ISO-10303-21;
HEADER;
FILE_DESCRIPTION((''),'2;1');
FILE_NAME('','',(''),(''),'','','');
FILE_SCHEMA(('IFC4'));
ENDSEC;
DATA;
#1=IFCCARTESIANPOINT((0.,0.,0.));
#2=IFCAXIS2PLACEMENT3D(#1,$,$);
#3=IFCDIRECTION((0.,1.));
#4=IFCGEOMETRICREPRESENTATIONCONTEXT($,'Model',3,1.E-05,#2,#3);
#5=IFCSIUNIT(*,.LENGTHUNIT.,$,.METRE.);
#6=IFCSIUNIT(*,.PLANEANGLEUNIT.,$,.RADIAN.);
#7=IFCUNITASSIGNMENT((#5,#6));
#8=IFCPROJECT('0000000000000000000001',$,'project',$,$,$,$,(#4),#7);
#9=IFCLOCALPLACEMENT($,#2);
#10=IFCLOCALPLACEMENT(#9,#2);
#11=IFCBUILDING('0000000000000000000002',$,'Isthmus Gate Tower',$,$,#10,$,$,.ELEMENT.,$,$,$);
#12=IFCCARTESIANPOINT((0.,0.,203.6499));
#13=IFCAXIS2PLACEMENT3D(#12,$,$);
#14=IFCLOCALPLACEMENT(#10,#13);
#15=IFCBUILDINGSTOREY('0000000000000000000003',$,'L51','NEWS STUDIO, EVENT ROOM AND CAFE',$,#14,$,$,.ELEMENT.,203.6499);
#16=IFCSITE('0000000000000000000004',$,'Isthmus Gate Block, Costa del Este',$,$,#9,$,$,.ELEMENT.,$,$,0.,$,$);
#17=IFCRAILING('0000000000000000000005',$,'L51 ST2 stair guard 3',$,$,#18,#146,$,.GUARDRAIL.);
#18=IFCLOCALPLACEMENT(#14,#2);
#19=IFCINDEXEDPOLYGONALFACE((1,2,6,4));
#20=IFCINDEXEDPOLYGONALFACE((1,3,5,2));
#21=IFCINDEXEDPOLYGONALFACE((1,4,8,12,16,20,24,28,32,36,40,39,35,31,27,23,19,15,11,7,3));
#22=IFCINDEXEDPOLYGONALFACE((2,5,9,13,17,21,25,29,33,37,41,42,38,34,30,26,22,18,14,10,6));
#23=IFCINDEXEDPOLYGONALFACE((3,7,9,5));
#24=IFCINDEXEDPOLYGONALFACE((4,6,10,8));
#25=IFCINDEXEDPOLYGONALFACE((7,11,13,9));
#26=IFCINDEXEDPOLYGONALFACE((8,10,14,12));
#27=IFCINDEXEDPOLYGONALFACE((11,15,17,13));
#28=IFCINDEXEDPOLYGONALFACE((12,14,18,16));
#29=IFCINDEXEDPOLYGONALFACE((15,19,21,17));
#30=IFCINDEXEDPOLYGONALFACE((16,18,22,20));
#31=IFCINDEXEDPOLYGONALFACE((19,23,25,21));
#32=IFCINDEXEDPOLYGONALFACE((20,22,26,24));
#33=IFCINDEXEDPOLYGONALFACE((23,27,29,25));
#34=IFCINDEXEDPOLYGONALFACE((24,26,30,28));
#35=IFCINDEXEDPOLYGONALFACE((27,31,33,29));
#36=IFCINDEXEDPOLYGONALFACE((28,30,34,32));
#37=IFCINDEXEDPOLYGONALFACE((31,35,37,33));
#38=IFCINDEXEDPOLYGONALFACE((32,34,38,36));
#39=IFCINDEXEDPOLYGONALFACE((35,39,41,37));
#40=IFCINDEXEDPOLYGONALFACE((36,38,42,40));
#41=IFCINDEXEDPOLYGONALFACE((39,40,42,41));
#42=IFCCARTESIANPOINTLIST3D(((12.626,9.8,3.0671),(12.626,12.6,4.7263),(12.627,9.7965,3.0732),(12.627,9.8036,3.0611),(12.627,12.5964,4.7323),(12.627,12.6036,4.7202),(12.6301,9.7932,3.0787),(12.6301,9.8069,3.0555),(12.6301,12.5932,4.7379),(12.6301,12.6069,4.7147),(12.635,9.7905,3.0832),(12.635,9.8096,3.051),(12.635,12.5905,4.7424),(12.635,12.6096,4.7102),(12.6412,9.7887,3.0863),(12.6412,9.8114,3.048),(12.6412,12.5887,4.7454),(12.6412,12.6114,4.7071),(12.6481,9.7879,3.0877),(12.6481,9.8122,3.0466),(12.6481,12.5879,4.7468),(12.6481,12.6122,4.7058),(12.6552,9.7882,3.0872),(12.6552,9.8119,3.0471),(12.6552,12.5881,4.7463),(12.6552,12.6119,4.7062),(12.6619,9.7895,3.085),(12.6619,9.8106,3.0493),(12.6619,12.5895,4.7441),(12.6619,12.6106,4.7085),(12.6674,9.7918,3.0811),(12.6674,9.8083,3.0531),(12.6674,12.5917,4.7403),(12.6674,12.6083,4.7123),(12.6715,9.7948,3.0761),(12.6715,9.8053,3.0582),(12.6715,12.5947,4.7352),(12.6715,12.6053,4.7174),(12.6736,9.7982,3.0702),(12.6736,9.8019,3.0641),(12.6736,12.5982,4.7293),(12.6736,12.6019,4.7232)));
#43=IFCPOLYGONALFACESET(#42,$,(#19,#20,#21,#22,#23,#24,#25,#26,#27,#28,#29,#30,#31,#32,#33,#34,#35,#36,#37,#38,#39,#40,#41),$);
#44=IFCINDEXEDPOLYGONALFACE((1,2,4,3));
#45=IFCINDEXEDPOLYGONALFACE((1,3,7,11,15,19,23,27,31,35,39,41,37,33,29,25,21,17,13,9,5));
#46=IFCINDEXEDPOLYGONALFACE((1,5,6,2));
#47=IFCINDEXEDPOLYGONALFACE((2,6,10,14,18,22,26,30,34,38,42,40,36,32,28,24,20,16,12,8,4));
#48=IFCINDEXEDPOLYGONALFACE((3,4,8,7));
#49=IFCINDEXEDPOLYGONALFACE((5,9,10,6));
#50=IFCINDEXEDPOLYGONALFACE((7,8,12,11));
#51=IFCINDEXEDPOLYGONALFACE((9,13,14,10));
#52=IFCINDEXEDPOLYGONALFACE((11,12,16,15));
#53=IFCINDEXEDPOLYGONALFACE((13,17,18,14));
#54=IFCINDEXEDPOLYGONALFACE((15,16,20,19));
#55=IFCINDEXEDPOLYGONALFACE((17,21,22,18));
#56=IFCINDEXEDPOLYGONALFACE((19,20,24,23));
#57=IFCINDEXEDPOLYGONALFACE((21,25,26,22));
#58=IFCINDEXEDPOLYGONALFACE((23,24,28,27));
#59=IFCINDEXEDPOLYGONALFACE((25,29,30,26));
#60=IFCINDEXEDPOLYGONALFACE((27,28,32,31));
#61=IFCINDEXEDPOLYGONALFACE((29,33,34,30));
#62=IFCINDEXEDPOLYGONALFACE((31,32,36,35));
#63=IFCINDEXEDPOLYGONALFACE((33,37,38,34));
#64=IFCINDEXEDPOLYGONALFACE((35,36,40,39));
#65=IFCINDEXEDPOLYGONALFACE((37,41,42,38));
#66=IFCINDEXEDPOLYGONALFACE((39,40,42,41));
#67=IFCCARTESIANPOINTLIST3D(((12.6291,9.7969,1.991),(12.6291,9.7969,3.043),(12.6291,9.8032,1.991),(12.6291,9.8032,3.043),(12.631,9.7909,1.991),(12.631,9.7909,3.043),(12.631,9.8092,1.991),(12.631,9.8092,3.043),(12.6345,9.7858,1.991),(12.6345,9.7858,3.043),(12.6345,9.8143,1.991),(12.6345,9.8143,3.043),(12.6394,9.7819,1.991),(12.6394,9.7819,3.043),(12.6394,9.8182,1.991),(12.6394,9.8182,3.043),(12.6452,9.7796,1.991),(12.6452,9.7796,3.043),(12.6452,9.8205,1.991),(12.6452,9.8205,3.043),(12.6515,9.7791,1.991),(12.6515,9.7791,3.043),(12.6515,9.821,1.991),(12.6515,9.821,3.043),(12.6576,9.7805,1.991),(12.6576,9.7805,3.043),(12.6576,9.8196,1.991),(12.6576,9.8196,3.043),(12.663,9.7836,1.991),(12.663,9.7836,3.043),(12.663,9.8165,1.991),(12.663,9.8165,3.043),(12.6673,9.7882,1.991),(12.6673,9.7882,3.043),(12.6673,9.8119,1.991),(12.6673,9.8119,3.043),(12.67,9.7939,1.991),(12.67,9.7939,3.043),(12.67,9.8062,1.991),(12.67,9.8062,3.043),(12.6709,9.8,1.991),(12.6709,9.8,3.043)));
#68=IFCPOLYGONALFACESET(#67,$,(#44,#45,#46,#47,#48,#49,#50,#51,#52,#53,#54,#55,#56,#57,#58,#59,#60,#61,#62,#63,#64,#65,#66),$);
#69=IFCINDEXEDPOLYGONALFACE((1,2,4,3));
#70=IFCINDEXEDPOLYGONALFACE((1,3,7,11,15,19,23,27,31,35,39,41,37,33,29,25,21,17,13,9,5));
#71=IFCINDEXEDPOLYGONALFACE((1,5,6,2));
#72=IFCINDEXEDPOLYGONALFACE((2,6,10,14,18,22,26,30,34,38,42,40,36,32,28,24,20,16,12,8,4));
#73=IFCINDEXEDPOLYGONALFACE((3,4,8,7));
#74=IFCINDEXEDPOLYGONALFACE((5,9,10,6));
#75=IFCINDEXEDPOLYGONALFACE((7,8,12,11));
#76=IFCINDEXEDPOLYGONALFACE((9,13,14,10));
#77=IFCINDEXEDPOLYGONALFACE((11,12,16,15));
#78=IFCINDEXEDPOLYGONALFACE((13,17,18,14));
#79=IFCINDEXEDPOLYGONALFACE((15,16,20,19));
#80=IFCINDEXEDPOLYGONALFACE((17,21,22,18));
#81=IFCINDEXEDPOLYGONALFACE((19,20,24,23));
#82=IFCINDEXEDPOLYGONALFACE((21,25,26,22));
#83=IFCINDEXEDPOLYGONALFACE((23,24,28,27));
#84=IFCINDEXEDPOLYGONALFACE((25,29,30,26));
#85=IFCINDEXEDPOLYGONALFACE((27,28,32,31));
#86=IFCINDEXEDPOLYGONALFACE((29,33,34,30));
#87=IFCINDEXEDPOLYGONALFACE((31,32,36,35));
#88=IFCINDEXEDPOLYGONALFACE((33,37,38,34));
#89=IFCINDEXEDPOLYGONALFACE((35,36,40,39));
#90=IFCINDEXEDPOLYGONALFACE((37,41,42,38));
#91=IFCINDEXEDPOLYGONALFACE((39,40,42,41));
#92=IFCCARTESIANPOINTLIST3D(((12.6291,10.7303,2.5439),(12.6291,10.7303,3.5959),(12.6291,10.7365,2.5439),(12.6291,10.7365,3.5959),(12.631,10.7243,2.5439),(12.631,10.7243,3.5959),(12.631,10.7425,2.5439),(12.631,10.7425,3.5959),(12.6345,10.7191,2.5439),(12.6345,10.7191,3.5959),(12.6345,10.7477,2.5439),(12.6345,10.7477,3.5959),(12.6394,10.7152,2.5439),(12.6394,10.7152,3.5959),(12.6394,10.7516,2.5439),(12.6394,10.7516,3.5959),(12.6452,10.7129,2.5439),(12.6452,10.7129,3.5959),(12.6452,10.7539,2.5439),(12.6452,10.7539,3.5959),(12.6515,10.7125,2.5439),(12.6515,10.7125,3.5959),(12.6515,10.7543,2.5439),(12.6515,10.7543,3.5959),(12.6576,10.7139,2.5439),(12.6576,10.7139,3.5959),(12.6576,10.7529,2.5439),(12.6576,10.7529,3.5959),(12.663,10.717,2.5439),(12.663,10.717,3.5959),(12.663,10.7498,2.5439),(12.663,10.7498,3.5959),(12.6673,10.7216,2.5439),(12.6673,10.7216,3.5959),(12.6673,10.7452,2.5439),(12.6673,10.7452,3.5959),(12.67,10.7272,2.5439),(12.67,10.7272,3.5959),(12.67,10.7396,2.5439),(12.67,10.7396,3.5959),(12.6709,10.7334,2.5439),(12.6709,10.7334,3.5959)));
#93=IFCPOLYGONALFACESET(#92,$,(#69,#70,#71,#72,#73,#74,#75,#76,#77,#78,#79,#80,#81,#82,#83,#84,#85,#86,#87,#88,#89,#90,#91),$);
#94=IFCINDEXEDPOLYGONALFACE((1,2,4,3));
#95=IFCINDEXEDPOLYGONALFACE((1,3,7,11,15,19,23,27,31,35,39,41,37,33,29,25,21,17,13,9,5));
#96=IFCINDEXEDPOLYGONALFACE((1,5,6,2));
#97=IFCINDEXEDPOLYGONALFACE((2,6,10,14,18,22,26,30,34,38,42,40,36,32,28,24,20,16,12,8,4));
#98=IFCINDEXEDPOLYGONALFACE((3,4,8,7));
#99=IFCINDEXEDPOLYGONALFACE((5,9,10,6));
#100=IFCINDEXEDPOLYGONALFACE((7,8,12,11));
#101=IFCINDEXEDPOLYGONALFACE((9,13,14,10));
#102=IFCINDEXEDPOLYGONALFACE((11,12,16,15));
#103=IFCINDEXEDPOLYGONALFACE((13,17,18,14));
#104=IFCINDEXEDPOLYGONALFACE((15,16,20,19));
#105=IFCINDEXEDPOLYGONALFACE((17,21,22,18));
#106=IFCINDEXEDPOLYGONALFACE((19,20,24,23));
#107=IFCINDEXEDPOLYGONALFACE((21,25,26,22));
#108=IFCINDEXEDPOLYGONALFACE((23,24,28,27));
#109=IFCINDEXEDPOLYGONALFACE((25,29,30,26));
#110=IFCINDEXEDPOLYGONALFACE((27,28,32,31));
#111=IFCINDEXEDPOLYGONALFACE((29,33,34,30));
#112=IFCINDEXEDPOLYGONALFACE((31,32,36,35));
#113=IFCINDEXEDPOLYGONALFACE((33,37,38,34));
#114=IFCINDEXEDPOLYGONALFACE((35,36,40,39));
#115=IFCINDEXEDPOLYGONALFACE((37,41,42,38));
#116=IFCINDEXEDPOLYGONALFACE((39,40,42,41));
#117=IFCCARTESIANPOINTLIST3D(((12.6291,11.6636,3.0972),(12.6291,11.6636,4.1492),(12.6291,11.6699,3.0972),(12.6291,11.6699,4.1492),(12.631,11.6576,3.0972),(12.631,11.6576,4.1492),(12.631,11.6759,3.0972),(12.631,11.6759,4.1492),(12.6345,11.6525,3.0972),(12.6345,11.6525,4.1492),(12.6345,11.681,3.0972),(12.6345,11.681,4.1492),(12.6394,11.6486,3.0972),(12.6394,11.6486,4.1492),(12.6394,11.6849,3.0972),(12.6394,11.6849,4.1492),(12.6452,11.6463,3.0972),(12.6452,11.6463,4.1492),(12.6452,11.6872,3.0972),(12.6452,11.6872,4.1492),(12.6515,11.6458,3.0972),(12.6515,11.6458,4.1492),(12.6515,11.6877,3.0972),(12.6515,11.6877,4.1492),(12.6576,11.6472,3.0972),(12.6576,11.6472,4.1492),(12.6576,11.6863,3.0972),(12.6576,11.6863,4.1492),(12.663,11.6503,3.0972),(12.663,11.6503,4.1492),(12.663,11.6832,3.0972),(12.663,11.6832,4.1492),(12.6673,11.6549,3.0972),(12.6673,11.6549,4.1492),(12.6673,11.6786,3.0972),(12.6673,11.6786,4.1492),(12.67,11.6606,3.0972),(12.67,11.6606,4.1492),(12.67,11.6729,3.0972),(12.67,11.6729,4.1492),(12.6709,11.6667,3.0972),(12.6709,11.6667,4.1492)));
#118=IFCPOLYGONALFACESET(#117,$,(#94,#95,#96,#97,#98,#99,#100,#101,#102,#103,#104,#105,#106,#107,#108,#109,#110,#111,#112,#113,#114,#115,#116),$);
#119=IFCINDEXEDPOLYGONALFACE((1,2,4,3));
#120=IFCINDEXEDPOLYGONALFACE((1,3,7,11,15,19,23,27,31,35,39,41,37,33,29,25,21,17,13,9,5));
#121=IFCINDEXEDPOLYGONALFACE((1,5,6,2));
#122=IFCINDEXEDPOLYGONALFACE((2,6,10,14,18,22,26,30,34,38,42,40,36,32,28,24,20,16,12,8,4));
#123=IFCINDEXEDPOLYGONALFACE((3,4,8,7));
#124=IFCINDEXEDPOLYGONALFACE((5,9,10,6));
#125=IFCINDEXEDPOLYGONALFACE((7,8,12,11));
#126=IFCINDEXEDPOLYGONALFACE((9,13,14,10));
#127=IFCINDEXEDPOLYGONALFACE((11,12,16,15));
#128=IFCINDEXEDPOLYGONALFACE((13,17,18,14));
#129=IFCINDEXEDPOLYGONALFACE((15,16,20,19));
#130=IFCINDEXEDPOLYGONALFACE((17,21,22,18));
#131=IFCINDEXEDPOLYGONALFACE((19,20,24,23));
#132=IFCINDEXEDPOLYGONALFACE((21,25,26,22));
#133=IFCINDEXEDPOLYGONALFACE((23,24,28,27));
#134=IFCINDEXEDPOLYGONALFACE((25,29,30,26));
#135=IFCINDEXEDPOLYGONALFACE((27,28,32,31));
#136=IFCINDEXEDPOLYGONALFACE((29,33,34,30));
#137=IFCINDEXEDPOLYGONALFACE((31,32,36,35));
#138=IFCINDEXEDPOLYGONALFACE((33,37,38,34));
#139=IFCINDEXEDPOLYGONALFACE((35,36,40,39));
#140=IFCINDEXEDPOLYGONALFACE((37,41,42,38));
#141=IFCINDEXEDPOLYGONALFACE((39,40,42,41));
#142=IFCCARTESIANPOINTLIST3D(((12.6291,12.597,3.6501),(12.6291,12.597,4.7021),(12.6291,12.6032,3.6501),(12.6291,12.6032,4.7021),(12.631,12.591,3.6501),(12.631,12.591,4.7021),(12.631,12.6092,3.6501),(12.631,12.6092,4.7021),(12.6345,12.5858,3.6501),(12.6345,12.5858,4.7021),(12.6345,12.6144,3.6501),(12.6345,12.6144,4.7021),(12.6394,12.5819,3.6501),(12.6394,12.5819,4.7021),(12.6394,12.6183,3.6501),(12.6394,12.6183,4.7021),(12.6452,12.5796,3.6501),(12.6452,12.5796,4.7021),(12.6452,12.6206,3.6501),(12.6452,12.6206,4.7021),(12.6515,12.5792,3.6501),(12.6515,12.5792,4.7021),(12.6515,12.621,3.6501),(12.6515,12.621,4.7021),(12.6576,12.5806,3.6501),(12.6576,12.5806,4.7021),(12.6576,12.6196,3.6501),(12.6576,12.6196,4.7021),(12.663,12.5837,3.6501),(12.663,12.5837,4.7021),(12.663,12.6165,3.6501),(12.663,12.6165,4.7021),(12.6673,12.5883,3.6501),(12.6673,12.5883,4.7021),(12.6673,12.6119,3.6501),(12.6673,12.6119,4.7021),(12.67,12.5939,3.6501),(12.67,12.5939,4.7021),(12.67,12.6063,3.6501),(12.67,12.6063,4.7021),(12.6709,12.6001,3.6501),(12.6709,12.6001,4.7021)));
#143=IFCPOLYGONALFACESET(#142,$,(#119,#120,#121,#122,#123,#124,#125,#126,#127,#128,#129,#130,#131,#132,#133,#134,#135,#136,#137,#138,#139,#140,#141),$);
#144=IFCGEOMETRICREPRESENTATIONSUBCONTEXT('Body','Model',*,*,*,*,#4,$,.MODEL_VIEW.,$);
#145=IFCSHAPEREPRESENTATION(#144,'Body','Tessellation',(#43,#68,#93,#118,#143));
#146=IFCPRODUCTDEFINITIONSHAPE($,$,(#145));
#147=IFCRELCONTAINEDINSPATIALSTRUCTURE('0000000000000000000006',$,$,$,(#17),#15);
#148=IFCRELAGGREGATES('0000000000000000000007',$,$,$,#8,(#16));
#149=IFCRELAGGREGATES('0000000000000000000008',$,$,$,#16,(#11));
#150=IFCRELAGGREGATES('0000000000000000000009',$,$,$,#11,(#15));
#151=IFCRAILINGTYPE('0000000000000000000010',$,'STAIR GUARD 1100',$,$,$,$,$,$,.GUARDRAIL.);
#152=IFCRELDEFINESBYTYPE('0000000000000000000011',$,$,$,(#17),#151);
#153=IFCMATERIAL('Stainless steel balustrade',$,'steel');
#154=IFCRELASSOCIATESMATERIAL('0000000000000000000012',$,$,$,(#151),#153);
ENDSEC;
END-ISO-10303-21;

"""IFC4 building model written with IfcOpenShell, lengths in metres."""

from ifc_helpers import new_model, si_unit, direction, frame, origin, origin_2d, place, context, subcontext, project, spatial, circle, extrude, material, type_object, element, save


model = new_model("IFC4")

# Units and contexts
model_context = context("Model", 3, precision=1e-05, world=origin(), true_north=direction((0.0, 1.0)))
body_context = subcontext(model_context, "Body", "Model", "MODEL_VIEW")
ifc_project = project(units=[si_unit("LENGTHUNIT", "METRE"), si_unit("PLANEANGLEUNIT", "RADIAN")], contexts=[model_context])

# Site, building, storey
site_placement = place(None, origin())
site = spatial("IfcSite", under=ifc_project, at=site_placement, Name="Isthmus Gate Block, Costa del Este", CompositionType="ELEMENT", RefElevation=0.0)
building_placement = place(site_placement, origin())
building = spatial("IfcBuilding", under=site, at=building_placement, Name="Isthmus Gate Tower", CompositionType="ELEMENT")
storey_placement = place(building_placement, frame((0.0, 0.0, 203.6499)))
storey = spatial("IfcBuildingStorey", under=building, at=storey_placement, Name="L51", Description="NEWS STUDIO, EVENT ROOM AND CAFE", CompositionType="ELEMENT", Elevation=203.6499)

# Railing
ifc_material_1 = material(Name="Stainless steel balustrade", Category="steel")
railing_type_1 = type_object("IfcRailingType", Name="STAIR GUARD 1100", PredefinedType="GUARDRAIL", material=ifc_material_1)
for number, where, name in (
    (1, (12.6499, 9.8, 1.991), "L51 ST2 stair guard 3"),
):
    element("IfcRailing", number, at=place(storey_placement, frame(where)), inside=storey, type_object=railing_type_1, Name=name, PredefinedType="GUARDRAIL", context=body_context, shape_type="SweptSolid", body=[
        extrude(circle(Radius=0.0239, at=origin_2d()), frame((0.0, 0.0, 1.0762), z_axis=(0.0, 0.860306, 0.509778), x_axis=(-1.0, 0.0, 0.0)), (0.0, 0.0, 1.0), 3.2546),
        extrude(circle(Radius=0.021, at=origin_2d()), origin(), (0.0, 0.0, 1.0), 1.052),
        extrude(circle(Radius=0.021, at=origin_2d()), frame((0.0, 0.9333, 0.553)), (0.0, 0.0, 1.0), 1.052),
        extrude(circle(Radius=0.021, at=origin_2d()), frame((0.0, 1.8667, 1.1062)), (0.0, 0.0, 1.0), 1.052),
        extrude(circle(Radius=0.021, at=origin_2d()), frame((0.0, 2.8, 1.6592)), (0.0, 0.0, 1.0), 1.052),
    ])

save(model, "model.ifc")
